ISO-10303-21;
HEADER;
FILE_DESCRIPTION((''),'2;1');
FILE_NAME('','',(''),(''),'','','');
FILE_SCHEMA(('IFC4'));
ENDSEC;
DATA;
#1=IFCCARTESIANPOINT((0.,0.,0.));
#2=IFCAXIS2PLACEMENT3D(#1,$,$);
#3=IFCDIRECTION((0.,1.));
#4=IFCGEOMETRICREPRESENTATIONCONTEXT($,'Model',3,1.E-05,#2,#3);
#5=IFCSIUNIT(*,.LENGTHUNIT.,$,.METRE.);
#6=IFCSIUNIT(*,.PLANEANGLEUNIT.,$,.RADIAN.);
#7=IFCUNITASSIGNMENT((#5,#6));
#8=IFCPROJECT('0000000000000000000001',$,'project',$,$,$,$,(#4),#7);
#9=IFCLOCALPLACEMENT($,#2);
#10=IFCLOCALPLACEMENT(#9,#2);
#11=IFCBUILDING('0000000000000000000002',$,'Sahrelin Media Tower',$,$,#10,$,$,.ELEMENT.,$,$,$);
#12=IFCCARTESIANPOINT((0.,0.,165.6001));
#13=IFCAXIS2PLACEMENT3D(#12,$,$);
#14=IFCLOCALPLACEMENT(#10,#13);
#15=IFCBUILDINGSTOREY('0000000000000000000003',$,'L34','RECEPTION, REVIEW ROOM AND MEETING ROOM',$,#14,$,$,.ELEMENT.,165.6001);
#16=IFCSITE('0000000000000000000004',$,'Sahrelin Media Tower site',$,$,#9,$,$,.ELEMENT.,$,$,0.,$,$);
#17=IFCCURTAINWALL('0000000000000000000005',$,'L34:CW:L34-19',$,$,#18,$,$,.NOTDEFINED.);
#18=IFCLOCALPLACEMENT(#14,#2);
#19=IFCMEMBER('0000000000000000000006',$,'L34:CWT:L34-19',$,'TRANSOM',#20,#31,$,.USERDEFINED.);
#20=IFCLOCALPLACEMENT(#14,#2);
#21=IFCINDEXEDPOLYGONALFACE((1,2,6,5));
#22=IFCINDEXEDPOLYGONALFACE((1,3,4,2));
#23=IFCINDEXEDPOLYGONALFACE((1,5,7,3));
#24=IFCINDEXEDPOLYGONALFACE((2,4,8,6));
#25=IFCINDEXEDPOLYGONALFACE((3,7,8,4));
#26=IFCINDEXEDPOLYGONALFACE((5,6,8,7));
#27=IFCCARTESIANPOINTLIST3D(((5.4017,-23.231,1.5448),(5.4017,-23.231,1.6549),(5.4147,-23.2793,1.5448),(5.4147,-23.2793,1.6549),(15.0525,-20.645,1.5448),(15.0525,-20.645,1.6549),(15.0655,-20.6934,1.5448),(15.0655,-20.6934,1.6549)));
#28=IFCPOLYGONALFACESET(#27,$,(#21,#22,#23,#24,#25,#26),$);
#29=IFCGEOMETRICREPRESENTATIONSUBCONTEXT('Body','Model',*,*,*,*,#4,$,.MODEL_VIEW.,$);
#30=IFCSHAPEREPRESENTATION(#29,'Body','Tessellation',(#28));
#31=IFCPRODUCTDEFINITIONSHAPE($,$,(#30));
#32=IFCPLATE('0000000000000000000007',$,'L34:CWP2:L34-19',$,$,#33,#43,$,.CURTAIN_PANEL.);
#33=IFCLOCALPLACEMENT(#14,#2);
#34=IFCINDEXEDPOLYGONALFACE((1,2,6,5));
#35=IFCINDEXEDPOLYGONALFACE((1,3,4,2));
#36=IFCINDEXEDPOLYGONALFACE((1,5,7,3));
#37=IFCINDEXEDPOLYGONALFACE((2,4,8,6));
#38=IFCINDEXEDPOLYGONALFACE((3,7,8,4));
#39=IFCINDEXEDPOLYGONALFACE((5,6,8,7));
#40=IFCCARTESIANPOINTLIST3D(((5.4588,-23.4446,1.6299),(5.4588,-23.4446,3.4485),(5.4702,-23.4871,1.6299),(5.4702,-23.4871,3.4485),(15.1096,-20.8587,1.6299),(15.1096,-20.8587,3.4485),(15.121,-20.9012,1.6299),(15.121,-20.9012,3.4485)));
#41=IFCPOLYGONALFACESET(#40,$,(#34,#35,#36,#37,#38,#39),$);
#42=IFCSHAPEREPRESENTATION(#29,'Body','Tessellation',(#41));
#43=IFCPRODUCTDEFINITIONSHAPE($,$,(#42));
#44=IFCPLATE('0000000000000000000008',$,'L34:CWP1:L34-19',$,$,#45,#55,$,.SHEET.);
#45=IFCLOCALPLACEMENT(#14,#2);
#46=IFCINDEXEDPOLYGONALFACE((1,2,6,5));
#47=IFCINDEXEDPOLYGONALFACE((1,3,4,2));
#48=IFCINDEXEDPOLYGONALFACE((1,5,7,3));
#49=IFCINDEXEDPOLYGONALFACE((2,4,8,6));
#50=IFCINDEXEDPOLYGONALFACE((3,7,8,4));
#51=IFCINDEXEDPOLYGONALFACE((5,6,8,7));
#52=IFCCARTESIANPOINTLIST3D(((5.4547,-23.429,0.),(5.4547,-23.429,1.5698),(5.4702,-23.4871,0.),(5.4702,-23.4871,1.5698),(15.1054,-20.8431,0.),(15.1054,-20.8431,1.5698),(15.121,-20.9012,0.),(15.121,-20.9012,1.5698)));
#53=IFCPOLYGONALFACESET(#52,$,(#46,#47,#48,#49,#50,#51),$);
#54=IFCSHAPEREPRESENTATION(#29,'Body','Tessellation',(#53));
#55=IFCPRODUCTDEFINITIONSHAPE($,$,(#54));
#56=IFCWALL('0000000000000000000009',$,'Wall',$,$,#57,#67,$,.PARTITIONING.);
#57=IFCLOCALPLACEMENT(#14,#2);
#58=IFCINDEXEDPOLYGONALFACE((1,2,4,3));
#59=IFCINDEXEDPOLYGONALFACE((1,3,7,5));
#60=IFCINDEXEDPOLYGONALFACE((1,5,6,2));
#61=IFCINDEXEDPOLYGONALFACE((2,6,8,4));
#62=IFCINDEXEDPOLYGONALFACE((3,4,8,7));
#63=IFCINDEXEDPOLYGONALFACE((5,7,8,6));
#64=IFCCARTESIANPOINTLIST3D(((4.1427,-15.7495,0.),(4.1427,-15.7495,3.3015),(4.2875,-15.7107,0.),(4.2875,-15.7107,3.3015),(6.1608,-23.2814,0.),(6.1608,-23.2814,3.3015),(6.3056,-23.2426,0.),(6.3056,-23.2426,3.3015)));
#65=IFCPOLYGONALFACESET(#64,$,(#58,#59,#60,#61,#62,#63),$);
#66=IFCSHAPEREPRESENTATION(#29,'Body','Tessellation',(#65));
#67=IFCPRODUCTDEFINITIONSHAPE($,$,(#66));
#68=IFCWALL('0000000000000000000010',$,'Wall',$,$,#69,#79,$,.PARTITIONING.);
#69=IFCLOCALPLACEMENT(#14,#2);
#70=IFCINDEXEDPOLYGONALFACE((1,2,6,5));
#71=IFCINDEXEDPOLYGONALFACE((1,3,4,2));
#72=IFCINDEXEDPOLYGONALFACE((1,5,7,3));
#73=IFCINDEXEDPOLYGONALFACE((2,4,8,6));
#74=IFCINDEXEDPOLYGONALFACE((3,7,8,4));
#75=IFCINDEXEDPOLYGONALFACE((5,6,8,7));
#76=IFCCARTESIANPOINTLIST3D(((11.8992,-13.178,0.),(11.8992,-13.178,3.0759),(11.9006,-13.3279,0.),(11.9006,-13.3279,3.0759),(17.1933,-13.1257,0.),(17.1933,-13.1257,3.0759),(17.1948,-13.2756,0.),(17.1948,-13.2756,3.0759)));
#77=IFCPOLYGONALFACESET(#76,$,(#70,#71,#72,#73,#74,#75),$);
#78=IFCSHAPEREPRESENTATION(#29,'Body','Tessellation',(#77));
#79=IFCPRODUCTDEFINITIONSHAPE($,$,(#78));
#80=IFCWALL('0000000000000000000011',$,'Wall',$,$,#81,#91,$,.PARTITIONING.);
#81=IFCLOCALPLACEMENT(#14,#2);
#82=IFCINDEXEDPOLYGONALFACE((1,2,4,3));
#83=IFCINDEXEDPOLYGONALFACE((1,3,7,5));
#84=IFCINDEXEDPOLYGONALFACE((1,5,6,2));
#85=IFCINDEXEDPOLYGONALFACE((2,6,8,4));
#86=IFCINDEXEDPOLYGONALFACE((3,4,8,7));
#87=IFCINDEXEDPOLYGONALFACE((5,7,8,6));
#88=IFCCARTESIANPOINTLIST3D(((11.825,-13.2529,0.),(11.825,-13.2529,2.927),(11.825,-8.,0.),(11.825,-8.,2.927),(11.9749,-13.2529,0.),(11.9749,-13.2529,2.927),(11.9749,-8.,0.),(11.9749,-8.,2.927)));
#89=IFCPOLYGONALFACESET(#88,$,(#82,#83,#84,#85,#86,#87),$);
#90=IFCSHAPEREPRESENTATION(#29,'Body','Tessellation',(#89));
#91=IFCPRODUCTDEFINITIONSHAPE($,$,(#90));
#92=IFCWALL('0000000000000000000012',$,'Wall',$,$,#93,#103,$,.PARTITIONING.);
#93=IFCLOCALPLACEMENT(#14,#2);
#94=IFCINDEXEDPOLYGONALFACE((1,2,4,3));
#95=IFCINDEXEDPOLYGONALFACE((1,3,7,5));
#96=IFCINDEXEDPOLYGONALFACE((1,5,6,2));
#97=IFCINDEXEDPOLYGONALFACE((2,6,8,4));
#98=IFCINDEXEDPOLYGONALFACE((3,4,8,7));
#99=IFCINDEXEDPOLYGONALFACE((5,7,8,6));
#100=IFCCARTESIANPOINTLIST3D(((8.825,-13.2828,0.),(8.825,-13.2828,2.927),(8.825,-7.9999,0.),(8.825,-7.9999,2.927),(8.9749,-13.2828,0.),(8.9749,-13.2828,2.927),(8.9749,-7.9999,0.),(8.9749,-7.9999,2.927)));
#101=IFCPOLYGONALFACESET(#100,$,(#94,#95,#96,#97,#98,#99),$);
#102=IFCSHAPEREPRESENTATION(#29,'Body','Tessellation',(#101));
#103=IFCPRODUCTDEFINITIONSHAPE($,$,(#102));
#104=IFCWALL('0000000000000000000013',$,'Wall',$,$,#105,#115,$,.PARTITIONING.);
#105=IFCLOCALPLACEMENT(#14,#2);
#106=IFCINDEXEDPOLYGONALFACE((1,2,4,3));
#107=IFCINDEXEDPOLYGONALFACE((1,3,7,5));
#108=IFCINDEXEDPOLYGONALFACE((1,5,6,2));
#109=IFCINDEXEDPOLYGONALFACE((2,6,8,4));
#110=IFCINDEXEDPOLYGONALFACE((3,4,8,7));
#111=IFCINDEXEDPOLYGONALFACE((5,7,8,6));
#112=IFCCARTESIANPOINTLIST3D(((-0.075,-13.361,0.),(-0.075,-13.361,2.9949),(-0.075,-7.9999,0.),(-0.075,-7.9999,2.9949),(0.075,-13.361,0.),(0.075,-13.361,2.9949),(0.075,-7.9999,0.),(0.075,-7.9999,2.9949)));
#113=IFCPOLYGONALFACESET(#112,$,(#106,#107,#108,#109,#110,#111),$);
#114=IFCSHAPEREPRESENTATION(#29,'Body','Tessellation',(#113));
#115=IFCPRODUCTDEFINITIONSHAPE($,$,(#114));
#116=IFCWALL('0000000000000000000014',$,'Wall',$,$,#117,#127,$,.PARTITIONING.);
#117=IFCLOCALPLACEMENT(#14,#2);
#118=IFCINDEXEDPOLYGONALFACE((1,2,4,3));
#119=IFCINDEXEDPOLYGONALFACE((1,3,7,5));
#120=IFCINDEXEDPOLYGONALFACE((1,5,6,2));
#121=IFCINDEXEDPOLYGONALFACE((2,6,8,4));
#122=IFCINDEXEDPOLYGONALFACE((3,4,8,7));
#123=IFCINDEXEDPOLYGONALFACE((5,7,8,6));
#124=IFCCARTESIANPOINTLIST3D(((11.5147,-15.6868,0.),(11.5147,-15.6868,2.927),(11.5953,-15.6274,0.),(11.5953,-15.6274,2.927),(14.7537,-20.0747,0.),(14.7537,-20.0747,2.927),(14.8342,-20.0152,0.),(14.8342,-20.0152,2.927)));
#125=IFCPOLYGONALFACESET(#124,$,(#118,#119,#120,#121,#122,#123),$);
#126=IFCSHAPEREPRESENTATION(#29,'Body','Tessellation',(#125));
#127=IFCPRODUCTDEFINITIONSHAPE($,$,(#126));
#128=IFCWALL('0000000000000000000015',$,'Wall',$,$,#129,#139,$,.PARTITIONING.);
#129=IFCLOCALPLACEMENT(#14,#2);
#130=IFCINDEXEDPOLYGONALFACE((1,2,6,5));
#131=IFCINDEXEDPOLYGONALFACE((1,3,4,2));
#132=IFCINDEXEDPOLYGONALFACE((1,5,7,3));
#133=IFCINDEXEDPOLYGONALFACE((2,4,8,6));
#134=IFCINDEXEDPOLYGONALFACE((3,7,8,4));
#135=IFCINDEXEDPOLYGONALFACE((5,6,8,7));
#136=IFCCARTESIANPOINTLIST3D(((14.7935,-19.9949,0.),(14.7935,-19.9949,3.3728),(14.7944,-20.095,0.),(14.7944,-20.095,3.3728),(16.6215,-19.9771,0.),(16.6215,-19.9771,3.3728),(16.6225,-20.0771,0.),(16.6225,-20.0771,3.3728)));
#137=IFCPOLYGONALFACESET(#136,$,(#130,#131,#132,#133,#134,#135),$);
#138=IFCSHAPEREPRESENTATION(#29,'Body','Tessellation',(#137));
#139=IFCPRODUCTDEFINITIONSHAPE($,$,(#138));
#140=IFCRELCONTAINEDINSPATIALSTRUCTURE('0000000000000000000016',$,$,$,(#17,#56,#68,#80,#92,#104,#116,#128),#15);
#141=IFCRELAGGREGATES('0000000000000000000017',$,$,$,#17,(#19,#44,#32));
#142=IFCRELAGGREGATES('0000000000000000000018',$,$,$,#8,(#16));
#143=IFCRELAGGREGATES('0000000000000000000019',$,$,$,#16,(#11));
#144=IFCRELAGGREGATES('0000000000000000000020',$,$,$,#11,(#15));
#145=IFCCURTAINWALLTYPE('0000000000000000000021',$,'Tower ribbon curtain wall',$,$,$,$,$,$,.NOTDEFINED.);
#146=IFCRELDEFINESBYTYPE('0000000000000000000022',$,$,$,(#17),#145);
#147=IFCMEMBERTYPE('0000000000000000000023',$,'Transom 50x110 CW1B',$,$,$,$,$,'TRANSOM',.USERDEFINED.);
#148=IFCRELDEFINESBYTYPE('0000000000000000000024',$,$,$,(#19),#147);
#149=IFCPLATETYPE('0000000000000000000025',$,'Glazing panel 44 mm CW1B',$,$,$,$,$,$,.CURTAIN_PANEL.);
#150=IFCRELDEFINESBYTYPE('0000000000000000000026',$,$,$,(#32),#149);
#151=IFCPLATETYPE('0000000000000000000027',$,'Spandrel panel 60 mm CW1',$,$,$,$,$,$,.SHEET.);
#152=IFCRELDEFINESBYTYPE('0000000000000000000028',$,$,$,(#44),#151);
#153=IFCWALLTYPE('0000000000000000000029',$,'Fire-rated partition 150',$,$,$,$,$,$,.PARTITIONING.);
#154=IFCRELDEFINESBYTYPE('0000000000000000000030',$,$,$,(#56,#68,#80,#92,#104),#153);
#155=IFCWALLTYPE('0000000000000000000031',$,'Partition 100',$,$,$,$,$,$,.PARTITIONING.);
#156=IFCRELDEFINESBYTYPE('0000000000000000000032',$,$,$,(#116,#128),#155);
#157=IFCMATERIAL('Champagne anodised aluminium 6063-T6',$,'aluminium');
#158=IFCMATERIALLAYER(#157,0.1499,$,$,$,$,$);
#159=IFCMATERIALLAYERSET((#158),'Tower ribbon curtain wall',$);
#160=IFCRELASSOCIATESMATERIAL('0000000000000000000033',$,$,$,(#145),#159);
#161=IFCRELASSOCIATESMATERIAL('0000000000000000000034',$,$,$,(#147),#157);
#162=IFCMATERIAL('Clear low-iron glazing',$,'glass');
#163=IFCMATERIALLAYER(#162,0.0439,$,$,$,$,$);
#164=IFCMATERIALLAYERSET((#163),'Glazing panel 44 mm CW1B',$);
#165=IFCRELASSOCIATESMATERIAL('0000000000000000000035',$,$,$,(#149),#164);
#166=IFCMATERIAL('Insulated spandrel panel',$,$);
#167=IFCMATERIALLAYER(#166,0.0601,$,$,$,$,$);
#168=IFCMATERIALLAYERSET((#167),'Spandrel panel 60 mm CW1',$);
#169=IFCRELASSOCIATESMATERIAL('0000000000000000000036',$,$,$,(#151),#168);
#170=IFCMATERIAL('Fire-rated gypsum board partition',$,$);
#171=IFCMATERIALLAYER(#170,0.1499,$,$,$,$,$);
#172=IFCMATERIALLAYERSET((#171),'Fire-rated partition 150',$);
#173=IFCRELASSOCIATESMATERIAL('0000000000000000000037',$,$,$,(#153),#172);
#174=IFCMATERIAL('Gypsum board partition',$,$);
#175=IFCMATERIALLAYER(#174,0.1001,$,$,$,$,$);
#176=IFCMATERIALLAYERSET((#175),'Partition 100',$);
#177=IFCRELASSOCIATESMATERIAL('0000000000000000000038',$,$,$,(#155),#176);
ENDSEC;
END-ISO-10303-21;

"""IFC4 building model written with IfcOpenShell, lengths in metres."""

from ifc_helpers import new_model, si_unit, direction, frame, frame_2d, origin, origin_2d, place, context, subcontext, project, spatial, polyline, rectangle, outline, extrude, material, layer, layer_set, material_profile, profile_set, type_object, element, aggregate, save


model = new_model("IFC4")

# Units and contexts
model_context = context("Model", 3, precision=1e-05, world=origin(), true_north=direction((0.0, 1.0)))
body_context = subcontext(model_context, "Body", "Model", "MODEL_VIEW")
ifc_project = project(units=[si_unit("LENGTHUNIT", "METRE"), si_unit("PLANEANGLEUNIT", "RADIAN")], contexts=[model_context])

# Site, building, storey
site_placement = place(None, origin())
site = spatial("IfcSite", under=ifc_project, at=site_placement, Name="Sahrelin Media Tower site", CompositionType="ELEMENT", RefElevation=0.0)
building_placement = place(site_placement, origin())
building = spatial("IfcBuilding", under=site, at=building_placement, Name="Sahrelin Media Tower", CompositionType="ELEMENT")
storey_placement = place(building_placement, frame((0.0, 0.0, 165.6001)))
storey = spatial("IfcBuildingStorey", under=building, at=storey_placement, Name="L34", Description="RECEPTION, REVIEW ROOM AND MEETING ROOM", CompositionType="ELEMENT", Elevation=165.6001)

# Curtain wall
ifc_material_1 = material(Name="Champagne anodised aluminium 6063-T6", Category="aluminium")
ifc_layer_1 = layer(ifc_material_1, 0.1499)
ifc_layer_set_1 = layer_set([ifc_layer_1], Name="Tower ribbon curtain wall")
curtain_wall_type = type_object("IfcCurtainWallType", Name="Tower ribbon curtain wall", PredefinedType="NOTDEFINED", material=ifc_layer_set_1)
curtain_wall_1_placement = place(storey_placement, frame((10.2905, -22.1748, 0.0), z_axis=(0.0, 0.0, 1.0), x_axis=(1.0, 0.0, 0.0)))
curtain_wall_1 = element("IfcCurtainWall", 1, at=curtain_wall_1_placement, inside=storey, type_object=curtain_wall_type, Name="L34:CW:L34-19", PredefinedType="NOTDEFINED")

# Member
ifc_material_profile_1 = material_profile(ifc_material_1, rectangle(XDim=0.05, YDim=0.1101, at=origin_2d()), Name="Transom 50x110")
ifc_profile_set_1 = profile_set([ifc_material_profile_1], Name="Champagne anodised aluminium 6063-T6")
member_type_1 = type_object("IfcMemberType", Name="Transom 50x110 CW1B", ElementType="TRANSOM", PredefinedType="USERDEFINED", material=ifc_profile_set_1)
member_1_placement = place(storey_placement, frame((5.4082, -23.2551, 1.5999), z_axis=(0.965926, 0.258818, 0.0), x_axis=(-0.258818, 0.965926, 0.0)))
member_1 = element("IfcMember", 2, at=member_1_placement, type_object=member_type_1, Name="L34:CWT:L34-19", ObjectType="TRANSOM", PredefinedType="USERDEFINED", context=body_context, shape_type="SweptSolid", body=[
    extrude(rectangle(XDim=0.05, YDim=0.1101, at=origin_2d()), origin(), (0.0, 0.0, 1.0), 9.9912),
])

# Plates
ifc_material_2 = material(Name="Clear low-iron glazing", Category="glass")
ifc_layer_2 = layer(ifc_material_2, 0.0439)
ifc_layer_set_2 = layer_set([ifc_layer_2], Name="Glazing panel 44 mm CW1B")
plate_type_1 = type_object("IfcPlateType", Name="Glazing panel 44 mm CW1B", PredefinedType="CURTAIN_PANEL", material=ifc_layer_set_2)
plate_1_placement = place(storey_placement, frame((5.4702, -23.4871, 1.6299), z_axis=(0.258818, -0.965926, 0.0), x_axis=(0.965926, 0.258818, 0.0)))
plate_1 = element("IfcPlate", 3, at=plate_1_placement, type_object=plate_type_1, Name="L34:CWP2:L34-19", PredefinedType="CURTAIN_PANEL", context=body_context, shape_type="SweptSolid", body=[
    extrude(outline(polyline([(0.0, 0.0), (9.9912, 0.0), (9.9912, 1.8186), (0.0, 1.8186), (0.0, 0.0)])), origin(), (0.0, 0.0, -1.0), 0.0439),
])
ifc_material_3 = material(Name="Insulated spandrel panel")
ifc_layer_3 = layer(ifc_material_3, 0.0601)
ifc_layer_set_3 = layer_set([ifc_layer_3], Name="Spandrel panel 60 mm CW1")
plate_type_2 = type_object("IfcPlateType", Name="Spandrel panel 60 mm CW1", PredefinedType="SHEET", material=ifc_layer_set_3)
plate_2_placement = place(storey_placement, frame((5.4702, -23.4871, 0.0), z_axis=(0.258818, -0.965926, 0.0), x_axis=(0.965926, 0.258818, 0.0)))
plate_2 = element("IfcPlate", 4, at=plate_2_placement, type_object=plate_type_2, Name="L34:CWP1:L34-19", PredefinedType="SHEET", context=body_context, shape_type="SweptSolid", body=[
    extrude(outline(polyline([(0.0, 0.0), (9.9912, 0.0), (9.9912, 1.5698), (0.0, 1.5698), (0.0, 0.0)])), origin(), (0.0, 0.0, -1.0), 0.0601),
])
aggregate(curtain_wall_1, [member_1, plate_2, plate_1])

# Walls
ifc_material_4 = material(Name="Fire-rated gypsum board partition")
ifc_layer_4 = layer(ifc_material_4, 0.1499)
ifc_layer_set_4 = layer_set([ifc_layer_4], Name="Fire-rated partition 150")
wall_type_1 = type_object("IfcWallType", Name="Fire-rated partition 150", PredefinedType="PARTITIONING", material=ifc_layer_set_4)
wall_1_placement = place(storey_placement, frame((4.2151, -15.73, 0.0), z_axis=(0.0, 0.0, 1.0), x_axis=(0.258804, -0.96593, 0.0)))
element("IfcWall", 5, at=wall_1_placement, inside=storey, type_object=wall_type_1, Name="Wall", PredefinedType="PARTITIONING", context=body_context, shape_type="SweptSolid", body=[
    extrude(rectangle(XDim=7.7976, YDim=0.1499, at=frame_2d((3.8989, 0.0))), origin(), (0.0, 0.0, 1.0), 3.3015),
])
wall_2_placement = place(storey_placement, frame((11.8999, -13.2529, 0.0), z_axis=(0.0, 0.0, 1.0), x_axis=(0.999951, 0.009868, 0.0)))
element("IfcWall", 6, at=wall_2_placement, inside=storey, type_object=wall_type_1, Name="Wall", PredefinedType="PARTITIONING", context=body_context, shape_type="SweptSolid", body=[
    extrude(rectangle(XDim=5.2944, YDim=0.1499, at=frame_2d((2.6472, 0.0))), origin(), (0.0, 0.0, 1.0), 3.0759),
])
wall_3_placement = place(storey_placement, frame((11.8999, -13.2529, 0.0), z_axis=(0.0, 0.0, 1.0), x_axis=(0.0, 1.0, 0.0)))
element("IfcWall", 7, at=wall_3_placement, inside=storey, type_object=wall_type_1, Name="Wall", PredefinedType="PARTITIONING", context=body_context, shape_type="SweptSolid", body=[
    extrude(rectangle(XDim=5.2529, YDim=0.1499, at=frame_2d((2.6265, 0.0))), origin(), (0.0, 0.0, 1.0), 2.927),
])
wall_4_placement = place(storey_placement, frame((8.8999, -13.283, 0.0), z_axis=(0.0, 0.0, 1.0), x_axis=(0.0, 1.0, 0.0)))
element("IfcWall", 8, at=wall_4_placement, inside=storey, type_object=wall_type_1, Name="Wall", PredefinedType="PARTITIONING", context=body_context, shape_type="SweptSolid", body=[
    extrude(rectangle(XDim=5.283, YDim=0.1499, at=frame_2d((2.6416, 0.0))), origin(), (0.0, 0.0, 1.0), 2.927),
])
wall_5_placement = place(storey_placement, frame((0.0, -13.3611, 0.0), z_axis=(0.0, 0.0, 1.0), x_axis=(0.0, 1.0, 0.0)))
element("IfcWall", 9, at=wall_5_placement, inside=storey, type_object=wall_type_1, Name="Wall", PredefinedType="PARTITIONING", context=body_context, shape_type="SweptSolid", body=[
    extrude(rectangle(XDim=5.3611, YDim=0.1499, at=frame_2d((2.6807, 0.0))), origin(), (0.0, 0.0, 1.0), 2.9949),
])
ifc_material_5 = material(Name="Gypsum board partition")
ifc_layer_5 = layer(ifc_material_5, 0.1001)
ifc_layer_set_5 = layer_set([ifc_layer_5], Name="Partition 100")
wall_type_2 = type_object("IfcWallType", Name="Partition 100", PredefinedType="PARTITIONING", material=ifc_layer_set_5)
wall_6_placement = place(storey_placement, frame((11.5549, -15.657, 0.0), z_axis=(0.0, 0.0, 1.0), x_axis=(0.593887, -0.804548, 0.0)))
element("IfcWall", 10, at=wall_6_placement, inside=storey, type_object=wall_type_2, Name="Wall", PredefinedType="PARTITIONING", context=body_context, shape_type="SweptSolid", body=[
    extrude(rectangle(XDim=5.4539, YDim=0.1001, at=frame_2d((2.7271, 0.0))), origin(), (0.0, 0.0, 1.0), 2.927),
])
wall_7_placement = place(storey_placement, frame((14.7939, -20.0449, 0.0), z_axis=(0.0, 0.0, 1.0), x_axis=(0.999952, 0.009748, 0.0)))
element("IfcWall", 11, at=wall_7_placement, inside=storey, type_object=wall_type_2, Name="Wall", PredefinedType="PARTITIONING", context=body_context, shape_type="SweptSolid", body=[
    extrude(rectangle(XDim=1.8281, YDim=0.1001, at=frame_2d((0.9141, 0.0))), origin(), (0.0, 0.0, 1.0), 3.3728),
])

save(model, "model.ifc")
